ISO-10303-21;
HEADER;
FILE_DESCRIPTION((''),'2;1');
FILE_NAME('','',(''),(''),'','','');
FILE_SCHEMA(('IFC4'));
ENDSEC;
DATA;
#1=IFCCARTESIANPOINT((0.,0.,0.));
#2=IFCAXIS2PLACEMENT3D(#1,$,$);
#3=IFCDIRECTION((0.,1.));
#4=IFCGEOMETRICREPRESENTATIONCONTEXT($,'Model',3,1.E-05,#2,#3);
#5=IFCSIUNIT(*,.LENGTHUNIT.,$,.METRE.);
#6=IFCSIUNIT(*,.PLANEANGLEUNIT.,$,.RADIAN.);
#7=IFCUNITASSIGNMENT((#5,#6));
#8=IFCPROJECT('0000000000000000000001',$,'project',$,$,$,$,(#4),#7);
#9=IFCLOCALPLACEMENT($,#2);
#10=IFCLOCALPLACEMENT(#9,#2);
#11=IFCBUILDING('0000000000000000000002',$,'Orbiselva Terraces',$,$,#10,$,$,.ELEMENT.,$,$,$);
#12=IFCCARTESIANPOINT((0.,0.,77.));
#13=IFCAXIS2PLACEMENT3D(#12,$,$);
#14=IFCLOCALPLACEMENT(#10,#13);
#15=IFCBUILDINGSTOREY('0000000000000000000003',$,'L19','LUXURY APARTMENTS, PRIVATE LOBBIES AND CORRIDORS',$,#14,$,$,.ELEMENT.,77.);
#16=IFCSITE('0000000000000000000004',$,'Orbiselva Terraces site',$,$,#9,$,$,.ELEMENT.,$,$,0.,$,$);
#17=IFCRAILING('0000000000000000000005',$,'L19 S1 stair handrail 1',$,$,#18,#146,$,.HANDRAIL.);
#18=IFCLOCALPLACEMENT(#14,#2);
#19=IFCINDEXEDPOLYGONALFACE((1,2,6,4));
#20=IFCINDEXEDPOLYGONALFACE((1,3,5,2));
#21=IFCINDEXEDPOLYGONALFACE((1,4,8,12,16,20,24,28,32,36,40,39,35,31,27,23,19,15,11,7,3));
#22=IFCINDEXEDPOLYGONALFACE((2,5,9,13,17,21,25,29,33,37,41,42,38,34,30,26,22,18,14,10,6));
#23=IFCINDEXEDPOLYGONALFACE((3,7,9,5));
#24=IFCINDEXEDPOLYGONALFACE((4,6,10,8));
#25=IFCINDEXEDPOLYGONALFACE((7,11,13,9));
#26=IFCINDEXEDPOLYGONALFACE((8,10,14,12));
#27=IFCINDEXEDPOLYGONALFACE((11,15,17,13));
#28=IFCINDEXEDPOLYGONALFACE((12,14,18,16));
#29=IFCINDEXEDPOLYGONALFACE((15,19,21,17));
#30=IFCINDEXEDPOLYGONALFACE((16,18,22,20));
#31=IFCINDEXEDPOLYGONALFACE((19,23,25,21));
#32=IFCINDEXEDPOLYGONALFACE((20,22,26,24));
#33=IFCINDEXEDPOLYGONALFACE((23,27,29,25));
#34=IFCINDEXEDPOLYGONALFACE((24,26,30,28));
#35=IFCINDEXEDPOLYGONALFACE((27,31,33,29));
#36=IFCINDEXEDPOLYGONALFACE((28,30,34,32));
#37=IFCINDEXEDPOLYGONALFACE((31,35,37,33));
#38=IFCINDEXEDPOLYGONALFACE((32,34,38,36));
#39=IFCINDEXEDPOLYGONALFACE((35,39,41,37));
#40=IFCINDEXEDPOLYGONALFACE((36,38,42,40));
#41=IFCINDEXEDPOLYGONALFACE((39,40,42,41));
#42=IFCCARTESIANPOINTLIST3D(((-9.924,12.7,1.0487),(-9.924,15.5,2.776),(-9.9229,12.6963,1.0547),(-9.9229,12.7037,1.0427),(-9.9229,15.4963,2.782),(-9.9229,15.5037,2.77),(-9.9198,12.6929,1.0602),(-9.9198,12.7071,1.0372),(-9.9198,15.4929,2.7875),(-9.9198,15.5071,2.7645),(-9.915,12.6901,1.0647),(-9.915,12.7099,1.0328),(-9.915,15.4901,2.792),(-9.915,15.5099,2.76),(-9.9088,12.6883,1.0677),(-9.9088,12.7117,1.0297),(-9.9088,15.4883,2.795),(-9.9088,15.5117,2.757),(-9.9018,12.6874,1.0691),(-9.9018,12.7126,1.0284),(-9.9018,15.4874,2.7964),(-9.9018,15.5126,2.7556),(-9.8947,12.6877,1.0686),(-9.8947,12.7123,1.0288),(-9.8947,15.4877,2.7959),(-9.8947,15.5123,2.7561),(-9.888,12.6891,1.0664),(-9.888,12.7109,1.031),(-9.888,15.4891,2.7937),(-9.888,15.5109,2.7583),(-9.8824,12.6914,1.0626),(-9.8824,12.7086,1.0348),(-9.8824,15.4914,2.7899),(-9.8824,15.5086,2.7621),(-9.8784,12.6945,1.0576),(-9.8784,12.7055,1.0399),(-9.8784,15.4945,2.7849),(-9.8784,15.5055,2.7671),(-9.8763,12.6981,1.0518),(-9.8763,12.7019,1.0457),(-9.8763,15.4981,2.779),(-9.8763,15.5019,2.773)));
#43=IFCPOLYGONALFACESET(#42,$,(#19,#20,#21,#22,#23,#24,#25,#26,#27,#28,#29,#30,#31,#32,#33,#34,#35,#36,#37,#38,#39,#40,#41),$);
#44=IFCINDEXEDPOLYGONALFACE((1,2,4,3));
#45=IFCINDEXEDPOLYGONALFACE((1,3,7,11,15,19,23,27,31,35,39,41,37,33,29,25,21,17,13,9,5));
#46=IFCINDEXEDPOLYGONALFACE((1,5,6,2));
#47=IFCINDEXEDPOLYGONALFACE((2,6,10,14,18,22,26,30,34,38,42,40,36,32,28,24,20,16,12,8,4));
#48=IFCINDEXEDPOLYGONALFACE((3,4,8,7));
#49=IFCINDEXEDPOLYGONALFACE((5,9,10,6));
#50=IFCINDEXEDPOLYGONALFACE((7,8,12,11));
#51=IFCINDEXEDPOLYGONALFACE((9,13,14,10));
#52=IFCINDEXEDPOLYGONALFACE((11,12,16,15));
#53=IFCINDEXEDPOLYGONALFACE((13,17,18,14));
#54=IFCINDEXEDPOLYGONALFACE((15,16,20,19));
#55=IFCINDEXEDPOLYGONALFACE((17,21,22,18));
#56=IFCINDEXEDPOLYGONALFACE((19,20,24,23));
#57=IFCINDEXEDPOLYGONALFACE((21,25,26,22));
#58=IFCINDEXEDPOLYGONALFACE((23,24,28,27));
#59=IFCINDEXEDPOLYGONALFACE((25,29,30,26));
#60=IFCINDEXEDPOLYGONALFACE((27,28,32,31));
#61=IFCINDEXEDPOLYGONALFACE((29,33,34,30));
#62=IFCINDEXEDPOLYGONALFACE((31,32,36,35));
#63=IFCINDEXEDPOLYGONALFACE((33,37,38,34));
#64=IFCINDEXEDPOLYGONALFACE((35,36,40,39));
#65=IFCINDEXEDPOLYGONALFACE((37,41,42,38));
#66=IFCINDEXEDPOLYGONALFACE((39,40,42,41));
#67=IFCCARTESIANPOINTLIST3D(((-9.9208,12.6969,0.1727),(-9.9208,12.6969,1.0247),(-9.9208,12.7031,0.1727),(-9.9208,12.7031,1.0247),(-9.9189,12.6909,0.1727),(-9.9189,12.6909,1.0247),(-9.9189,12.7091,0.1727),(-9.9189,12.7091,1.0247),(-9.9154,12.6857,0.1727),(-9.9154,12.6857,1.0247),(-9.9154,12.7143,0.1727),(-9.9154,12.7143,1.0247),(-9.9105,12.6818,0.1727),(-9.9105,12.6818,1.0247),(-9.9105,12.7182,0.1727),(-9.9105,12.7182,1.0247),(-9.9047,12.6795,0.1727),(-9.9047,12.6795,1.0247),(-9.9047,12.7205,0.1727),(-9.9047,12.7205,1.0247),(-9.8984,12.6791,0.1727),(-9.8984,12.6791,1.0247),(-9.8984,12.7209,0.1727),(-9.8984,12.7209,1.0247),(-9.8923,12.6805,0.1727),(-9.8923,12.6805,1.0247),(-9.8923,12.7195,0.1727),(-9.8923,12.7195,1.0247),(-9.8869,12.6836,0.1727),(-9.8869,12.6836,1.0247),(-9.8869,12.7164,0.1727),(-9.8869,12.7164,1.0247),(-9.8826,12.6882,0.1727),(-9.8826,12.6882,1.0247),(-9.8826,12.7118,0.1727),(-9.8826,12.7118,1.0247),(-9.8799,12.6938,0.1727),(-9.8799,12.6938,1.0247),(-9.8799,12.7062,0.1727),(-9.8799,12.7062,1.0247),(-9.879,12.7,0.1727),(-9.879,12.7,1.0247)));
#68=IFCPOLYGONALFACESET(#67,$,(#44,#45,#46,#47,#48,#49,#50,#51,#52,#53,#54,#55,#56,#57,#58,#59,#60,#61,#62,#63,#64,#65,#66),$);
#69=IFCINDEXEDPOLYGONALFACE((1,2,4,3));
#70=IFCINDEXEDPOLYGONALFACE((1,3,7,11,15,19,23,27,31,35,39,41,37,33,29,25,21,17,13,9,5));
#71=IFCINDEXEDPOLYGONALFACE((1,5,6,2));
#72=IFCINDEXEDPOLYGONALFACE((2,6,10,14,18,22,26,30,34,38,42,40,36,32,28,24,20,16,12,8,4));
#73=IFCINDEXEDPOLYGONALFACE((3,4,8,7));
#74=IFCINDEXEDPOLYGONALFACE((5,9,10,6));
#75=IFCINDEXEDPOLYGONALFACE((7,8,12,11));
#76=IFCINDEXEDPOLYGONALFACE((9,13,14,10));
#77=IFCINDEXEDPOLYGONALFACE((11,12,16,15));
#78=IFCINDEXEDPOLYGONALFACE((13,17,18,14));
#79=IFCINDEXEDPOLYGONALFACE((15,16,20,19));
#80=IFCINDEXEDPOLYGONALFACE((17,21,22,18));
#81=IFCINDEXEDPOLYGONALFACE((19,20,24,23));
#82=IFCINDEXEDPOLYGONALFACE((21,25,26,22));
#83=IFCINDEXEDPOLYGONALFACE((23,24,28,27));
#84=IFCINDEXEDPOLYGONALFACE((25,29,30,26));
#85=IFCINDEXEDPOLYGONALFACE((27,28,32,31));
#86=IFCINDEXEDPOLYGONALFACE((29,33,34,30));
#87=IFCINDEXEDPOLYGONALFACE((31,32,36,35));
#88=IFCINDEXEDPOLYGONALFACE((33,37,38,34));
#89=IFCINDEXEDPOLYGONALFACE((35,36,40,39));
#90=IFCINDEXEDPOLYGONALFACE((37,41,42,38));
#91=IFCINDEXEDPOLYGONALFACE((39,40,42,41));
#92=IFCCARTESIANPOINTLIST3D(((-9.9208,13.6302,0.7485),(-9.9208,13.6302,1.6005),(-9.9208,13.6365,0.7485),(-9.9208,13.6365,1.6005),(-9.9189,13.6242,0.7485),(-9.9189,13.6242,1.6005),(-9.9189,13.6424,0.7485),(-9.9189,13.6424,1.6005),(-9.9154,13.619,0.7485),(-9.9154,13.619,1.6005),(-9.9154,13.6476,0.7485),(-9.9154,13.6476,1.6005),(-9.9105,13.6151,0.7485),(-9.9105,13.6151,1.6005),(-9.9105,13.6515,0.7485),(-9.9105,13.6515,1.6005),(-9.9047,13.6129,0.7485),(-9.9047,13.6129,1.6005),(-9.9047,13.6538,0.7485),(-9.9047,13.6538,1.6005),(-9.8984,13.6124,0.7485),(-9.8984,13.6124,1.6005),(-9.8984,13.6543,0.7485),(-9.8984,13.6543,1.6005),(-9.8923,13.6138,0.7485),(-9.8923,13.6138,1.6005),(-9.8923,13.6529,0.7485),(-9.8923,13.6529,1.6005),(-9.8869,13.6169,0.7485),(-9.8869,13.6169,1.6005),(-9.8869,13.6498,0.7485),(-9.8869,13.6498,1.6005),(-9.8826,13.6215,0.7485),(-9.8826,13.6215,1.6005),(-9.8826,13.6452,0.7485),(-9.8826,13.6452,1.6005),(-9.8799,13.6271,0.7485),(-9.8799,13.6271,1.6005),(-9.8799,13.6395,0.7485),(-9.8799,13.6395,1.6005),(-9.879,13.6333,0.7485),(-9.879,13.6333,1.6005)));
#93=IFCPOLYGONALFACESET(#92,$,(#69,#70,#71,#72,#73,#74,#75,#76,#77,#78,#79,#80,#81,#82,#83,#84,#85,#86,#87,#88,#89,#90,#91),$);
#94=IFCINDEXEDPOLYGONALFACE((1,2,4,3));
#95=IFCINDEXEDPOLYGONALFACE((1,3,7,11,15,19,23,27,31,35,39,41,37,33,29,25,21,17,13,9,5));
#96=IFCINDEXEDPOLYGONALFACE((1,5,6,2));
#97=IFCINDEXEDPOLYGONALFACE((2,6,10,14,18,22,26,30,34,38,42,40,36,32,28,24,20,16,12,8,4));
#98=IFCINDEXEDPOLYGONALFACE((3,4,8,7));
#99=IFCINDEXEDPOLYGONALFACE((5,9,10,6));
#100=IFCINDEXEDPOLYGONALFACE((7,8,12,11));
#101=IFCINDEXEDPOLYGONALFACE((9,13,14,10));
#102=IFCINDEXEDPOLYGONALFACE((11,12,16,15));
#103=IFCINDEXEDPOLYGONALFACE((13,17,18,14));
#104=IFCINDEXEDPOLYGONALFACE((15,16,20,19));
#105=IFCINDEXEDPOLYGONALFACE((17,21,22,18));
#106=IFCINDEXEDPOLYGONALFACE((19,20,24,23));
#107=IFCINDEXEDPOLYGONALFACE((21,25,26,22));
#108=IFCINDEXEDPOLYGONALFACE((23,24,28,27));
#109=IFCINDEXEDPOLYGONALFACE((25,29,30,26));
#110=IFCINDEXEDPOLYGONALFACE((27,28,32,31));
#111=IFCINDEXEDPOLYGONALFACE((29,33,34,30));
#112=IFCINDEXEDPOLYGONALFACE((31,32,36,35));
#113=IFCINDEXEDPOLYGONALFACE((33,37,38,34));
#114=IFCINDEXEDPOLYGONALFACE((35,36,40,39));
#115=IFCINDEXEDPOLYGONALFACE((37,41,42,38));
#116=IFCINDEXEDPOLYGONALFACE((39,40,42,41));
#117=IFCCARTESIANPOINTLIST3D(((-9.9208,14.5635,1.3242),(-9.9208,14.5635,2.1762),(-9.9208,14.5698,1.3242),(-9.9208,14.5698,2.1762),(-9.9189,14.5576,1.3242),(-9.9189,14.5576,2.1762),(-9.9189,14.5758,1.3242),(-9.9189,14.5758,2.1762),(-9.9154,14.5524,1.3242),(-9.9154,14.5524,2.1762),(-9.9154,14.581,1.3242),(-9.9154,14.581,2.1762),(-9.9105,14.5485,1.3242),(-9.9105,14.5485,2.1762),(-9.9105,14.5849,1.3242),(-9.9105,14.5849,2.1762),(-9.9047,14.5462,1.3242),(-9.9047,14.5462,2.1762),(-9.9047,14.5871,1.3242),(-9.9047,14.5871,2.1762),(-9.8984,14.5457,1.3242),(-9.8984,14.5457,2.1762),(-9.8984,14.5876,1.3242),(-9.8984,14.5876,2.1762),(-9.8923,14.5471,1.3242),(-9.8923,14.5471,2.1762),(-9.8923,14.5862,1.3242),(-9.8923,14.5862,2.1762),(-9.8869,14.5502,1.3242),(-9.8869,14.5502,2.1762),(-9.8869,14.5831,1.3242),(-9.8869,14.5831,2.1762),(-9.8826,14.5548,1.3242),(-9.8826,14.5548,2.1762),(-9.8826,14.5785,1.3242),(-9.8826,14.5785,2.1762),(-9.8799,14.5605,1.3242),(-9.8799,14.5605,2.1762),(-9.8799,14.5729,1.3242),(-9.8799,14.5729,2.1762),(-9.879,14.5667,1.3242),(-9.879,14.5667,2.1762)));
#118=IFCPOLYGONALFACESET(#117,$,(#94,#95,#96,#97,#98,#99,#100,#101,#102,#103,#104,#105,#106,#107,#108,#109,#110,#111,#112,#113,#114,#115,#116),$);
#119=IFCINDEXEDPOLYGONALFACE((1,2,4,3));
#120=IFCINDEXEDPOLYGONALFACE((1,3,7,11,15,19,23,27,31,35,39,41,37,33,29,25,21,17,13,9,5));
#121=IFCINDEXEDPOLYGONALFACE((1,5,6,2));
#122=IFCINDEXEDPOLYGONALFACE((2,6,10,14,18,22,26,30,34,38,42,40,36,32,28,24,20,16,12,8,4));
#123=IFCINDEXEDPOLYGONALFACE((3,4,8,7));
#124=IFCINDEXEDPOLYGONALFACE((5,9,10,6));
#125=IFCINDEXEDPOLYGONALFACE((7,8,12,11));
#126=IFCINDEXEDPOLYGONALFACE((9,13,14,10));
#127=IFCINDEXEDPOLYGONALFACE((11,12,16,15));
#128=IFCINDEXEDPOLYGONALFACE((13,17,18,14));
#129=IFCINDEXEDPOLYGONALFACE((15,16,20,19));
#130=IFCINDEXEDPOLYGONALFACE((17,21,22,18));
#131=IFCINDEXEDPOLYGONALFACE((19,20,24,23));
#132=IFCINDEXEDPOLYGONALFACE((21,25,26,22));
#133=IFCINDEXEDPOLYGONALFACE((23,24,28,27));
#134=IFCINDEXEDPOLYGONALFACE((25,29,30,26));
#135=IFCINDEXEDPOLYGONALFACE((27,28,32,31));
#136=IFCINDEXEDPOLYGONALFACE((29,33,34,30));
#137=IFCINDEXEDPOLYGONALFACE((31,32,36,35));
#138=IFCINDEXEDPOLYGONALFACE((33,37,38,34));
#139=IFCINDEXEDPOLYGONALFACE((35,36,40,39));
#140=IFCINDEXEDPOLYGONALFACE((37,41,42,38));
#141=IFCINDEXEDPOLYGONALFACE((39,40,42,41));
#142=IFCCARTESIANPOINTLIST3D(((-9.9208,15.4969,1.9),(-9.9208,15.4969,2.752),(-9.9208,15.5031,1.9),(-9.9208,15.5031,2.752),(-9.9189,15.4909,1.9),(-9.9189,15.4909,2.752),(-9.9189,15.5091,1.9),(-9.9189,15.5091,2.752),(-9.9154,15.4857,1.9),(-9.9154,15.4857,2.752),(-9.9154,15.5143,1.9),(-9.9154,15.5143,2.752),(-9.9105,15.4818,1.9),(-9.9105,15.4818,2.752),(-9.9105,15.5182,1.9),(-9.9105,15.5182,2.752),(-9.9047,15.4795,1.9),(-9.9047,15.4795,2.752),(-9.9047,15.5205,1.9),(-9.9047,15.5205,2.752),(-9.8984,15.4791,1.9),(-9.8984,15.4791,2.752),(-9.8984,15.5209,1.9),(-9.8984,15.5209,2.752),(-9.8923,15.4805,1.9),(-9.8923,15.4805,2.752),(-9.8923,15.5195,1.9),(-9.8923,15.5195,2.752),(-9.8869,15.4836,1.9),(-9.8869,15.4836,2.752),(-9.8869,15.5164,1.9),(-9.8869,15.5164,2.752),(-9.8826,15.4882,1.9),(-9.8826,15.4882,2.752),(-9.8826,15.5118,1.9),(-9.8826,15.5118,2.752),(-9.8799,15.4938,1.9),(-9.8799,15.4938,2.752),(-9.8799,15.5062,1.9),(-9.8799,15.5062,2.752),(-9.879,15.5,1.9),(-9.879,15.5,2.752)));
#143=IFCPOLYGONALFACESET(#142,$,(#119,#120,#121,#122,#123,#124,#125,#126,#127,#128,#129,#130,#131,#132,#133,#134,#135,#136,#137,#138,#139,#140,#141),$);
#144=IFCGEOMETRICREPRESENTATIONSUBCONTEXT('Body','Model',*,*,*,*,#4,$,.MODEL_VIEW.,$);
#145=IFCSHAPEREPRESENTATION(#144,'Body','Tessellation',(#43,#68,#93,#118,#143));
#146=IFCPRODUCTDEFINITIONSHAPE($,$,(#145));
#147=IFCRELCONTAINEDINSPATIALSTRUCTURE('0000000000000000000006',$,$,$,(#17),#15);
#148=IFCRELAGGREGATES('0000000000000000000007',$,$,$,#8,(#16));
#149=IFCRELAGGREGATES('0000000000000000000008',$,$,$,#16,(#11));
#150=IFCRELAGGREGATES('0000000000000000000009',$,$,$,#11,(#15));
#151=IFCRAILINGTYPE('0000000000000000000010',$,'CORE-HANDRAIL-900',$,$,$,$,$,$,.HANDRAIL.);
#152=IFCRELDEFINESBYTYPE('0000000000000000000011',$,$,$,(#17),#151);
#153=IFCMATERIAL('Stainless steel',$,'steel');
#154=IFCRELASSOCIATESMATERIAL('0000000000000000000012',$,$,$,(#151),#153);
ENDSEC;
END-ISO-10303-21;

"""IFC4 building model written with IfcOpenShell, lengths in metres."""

from ifc_helpers import new_model, si_unit, direction, frame, origin, origin_2d, place, context, subcontext, project, spatial, circle, extrude, material, type_object, element, save


model = new_model("IFC4")

# Units and contexts
model_context = context("Model", 3, precision=1e-05, world=origin(), true_north=direction((0.0, 1.0)))
body_context = subcontext(model_context, "Body", "Model", "MODEL_VIEW")
ifc_project = project(units=[si_unit("LENGTHUNIT", "METRE"), si_unit("PLANEANGLEUNIT", "RADIAN")], contexts=[model_context])

# Site, building, storey
site_placement = place(None, origin())
site = spatial("IfcSite", under=ifc_project, at=site_placement, Name="Orbiselva Terraces site", CompositionType="ELEMENT", RefElevation=0.0)
building_placement = place(site_placement, origin())
building = spatial("IfcBuilding", under=site, at=building_placement, Name="Orbiselva Terraces", CompositionType="ELEMENT")
storey_placement = place(building_placement, frame((0.0, 0.0, 77.0)))
storey = spatial("IfcBuildingStorey", under=building, at=storey_placement, Name="L19", Description="LUXURY APARTMENTS, PRIVATE LOBBIES AND CORRIDORS", CompositionType="ELEMENT", Elevation=77.0)

# Railing
ifc_material_1 = material(Name="Stainless steel", Category="steel")
railing_type_1 = type_object("IfcRailingType", Name="CORE-HANDRAIL-900", PredefinedType="HANDRAIL", material=ifc_material_1)
railing_1_placement = place(storey_placement, frame((-9.9, 12.7, 0.1727)))
element("IfcRailing", 1, at=railing_1_placement, inside=storey, type_object=railing_type_1, Name="L19 S1 stair handrail 1", PredefinedType="HANDRAIL", context=body_context, shape_type="SweptSolid", body=[
    extrude(circle(Radius=0.024, at=origin_2d()), frame((0.0, 0.0, 0.876), z_axis=(0.0, 0.851089, 0.525022), x_axis=(-1.0, 0.0, 0.0)), (0.0, 0.0, 1.0), 3.2899),
    extrude(circle(Radius=0.021, at=origin_2d()), origin(), (0.0, 0.0, 1.0), 0.852),
    extrude(circle(Radius=0.021, at=origin_2d()), frame((0.0, 0.9333, 0.5758)), (0.0, 0.0, 1.0), 0.852),
    extrude(circle(Radius=0.021, at=origin_2d()), frame((0.0, 1.8667, 1.1515)), (0.0, 0.0, 1.0), 0.852),
    extrude(circle(Radius=0.021, at=origin_2d()), frame((0.0, 2.8, 1.7273)), (0.0, 0.0, 1.0), 0.852),
])

save(model, "model.ifc")
